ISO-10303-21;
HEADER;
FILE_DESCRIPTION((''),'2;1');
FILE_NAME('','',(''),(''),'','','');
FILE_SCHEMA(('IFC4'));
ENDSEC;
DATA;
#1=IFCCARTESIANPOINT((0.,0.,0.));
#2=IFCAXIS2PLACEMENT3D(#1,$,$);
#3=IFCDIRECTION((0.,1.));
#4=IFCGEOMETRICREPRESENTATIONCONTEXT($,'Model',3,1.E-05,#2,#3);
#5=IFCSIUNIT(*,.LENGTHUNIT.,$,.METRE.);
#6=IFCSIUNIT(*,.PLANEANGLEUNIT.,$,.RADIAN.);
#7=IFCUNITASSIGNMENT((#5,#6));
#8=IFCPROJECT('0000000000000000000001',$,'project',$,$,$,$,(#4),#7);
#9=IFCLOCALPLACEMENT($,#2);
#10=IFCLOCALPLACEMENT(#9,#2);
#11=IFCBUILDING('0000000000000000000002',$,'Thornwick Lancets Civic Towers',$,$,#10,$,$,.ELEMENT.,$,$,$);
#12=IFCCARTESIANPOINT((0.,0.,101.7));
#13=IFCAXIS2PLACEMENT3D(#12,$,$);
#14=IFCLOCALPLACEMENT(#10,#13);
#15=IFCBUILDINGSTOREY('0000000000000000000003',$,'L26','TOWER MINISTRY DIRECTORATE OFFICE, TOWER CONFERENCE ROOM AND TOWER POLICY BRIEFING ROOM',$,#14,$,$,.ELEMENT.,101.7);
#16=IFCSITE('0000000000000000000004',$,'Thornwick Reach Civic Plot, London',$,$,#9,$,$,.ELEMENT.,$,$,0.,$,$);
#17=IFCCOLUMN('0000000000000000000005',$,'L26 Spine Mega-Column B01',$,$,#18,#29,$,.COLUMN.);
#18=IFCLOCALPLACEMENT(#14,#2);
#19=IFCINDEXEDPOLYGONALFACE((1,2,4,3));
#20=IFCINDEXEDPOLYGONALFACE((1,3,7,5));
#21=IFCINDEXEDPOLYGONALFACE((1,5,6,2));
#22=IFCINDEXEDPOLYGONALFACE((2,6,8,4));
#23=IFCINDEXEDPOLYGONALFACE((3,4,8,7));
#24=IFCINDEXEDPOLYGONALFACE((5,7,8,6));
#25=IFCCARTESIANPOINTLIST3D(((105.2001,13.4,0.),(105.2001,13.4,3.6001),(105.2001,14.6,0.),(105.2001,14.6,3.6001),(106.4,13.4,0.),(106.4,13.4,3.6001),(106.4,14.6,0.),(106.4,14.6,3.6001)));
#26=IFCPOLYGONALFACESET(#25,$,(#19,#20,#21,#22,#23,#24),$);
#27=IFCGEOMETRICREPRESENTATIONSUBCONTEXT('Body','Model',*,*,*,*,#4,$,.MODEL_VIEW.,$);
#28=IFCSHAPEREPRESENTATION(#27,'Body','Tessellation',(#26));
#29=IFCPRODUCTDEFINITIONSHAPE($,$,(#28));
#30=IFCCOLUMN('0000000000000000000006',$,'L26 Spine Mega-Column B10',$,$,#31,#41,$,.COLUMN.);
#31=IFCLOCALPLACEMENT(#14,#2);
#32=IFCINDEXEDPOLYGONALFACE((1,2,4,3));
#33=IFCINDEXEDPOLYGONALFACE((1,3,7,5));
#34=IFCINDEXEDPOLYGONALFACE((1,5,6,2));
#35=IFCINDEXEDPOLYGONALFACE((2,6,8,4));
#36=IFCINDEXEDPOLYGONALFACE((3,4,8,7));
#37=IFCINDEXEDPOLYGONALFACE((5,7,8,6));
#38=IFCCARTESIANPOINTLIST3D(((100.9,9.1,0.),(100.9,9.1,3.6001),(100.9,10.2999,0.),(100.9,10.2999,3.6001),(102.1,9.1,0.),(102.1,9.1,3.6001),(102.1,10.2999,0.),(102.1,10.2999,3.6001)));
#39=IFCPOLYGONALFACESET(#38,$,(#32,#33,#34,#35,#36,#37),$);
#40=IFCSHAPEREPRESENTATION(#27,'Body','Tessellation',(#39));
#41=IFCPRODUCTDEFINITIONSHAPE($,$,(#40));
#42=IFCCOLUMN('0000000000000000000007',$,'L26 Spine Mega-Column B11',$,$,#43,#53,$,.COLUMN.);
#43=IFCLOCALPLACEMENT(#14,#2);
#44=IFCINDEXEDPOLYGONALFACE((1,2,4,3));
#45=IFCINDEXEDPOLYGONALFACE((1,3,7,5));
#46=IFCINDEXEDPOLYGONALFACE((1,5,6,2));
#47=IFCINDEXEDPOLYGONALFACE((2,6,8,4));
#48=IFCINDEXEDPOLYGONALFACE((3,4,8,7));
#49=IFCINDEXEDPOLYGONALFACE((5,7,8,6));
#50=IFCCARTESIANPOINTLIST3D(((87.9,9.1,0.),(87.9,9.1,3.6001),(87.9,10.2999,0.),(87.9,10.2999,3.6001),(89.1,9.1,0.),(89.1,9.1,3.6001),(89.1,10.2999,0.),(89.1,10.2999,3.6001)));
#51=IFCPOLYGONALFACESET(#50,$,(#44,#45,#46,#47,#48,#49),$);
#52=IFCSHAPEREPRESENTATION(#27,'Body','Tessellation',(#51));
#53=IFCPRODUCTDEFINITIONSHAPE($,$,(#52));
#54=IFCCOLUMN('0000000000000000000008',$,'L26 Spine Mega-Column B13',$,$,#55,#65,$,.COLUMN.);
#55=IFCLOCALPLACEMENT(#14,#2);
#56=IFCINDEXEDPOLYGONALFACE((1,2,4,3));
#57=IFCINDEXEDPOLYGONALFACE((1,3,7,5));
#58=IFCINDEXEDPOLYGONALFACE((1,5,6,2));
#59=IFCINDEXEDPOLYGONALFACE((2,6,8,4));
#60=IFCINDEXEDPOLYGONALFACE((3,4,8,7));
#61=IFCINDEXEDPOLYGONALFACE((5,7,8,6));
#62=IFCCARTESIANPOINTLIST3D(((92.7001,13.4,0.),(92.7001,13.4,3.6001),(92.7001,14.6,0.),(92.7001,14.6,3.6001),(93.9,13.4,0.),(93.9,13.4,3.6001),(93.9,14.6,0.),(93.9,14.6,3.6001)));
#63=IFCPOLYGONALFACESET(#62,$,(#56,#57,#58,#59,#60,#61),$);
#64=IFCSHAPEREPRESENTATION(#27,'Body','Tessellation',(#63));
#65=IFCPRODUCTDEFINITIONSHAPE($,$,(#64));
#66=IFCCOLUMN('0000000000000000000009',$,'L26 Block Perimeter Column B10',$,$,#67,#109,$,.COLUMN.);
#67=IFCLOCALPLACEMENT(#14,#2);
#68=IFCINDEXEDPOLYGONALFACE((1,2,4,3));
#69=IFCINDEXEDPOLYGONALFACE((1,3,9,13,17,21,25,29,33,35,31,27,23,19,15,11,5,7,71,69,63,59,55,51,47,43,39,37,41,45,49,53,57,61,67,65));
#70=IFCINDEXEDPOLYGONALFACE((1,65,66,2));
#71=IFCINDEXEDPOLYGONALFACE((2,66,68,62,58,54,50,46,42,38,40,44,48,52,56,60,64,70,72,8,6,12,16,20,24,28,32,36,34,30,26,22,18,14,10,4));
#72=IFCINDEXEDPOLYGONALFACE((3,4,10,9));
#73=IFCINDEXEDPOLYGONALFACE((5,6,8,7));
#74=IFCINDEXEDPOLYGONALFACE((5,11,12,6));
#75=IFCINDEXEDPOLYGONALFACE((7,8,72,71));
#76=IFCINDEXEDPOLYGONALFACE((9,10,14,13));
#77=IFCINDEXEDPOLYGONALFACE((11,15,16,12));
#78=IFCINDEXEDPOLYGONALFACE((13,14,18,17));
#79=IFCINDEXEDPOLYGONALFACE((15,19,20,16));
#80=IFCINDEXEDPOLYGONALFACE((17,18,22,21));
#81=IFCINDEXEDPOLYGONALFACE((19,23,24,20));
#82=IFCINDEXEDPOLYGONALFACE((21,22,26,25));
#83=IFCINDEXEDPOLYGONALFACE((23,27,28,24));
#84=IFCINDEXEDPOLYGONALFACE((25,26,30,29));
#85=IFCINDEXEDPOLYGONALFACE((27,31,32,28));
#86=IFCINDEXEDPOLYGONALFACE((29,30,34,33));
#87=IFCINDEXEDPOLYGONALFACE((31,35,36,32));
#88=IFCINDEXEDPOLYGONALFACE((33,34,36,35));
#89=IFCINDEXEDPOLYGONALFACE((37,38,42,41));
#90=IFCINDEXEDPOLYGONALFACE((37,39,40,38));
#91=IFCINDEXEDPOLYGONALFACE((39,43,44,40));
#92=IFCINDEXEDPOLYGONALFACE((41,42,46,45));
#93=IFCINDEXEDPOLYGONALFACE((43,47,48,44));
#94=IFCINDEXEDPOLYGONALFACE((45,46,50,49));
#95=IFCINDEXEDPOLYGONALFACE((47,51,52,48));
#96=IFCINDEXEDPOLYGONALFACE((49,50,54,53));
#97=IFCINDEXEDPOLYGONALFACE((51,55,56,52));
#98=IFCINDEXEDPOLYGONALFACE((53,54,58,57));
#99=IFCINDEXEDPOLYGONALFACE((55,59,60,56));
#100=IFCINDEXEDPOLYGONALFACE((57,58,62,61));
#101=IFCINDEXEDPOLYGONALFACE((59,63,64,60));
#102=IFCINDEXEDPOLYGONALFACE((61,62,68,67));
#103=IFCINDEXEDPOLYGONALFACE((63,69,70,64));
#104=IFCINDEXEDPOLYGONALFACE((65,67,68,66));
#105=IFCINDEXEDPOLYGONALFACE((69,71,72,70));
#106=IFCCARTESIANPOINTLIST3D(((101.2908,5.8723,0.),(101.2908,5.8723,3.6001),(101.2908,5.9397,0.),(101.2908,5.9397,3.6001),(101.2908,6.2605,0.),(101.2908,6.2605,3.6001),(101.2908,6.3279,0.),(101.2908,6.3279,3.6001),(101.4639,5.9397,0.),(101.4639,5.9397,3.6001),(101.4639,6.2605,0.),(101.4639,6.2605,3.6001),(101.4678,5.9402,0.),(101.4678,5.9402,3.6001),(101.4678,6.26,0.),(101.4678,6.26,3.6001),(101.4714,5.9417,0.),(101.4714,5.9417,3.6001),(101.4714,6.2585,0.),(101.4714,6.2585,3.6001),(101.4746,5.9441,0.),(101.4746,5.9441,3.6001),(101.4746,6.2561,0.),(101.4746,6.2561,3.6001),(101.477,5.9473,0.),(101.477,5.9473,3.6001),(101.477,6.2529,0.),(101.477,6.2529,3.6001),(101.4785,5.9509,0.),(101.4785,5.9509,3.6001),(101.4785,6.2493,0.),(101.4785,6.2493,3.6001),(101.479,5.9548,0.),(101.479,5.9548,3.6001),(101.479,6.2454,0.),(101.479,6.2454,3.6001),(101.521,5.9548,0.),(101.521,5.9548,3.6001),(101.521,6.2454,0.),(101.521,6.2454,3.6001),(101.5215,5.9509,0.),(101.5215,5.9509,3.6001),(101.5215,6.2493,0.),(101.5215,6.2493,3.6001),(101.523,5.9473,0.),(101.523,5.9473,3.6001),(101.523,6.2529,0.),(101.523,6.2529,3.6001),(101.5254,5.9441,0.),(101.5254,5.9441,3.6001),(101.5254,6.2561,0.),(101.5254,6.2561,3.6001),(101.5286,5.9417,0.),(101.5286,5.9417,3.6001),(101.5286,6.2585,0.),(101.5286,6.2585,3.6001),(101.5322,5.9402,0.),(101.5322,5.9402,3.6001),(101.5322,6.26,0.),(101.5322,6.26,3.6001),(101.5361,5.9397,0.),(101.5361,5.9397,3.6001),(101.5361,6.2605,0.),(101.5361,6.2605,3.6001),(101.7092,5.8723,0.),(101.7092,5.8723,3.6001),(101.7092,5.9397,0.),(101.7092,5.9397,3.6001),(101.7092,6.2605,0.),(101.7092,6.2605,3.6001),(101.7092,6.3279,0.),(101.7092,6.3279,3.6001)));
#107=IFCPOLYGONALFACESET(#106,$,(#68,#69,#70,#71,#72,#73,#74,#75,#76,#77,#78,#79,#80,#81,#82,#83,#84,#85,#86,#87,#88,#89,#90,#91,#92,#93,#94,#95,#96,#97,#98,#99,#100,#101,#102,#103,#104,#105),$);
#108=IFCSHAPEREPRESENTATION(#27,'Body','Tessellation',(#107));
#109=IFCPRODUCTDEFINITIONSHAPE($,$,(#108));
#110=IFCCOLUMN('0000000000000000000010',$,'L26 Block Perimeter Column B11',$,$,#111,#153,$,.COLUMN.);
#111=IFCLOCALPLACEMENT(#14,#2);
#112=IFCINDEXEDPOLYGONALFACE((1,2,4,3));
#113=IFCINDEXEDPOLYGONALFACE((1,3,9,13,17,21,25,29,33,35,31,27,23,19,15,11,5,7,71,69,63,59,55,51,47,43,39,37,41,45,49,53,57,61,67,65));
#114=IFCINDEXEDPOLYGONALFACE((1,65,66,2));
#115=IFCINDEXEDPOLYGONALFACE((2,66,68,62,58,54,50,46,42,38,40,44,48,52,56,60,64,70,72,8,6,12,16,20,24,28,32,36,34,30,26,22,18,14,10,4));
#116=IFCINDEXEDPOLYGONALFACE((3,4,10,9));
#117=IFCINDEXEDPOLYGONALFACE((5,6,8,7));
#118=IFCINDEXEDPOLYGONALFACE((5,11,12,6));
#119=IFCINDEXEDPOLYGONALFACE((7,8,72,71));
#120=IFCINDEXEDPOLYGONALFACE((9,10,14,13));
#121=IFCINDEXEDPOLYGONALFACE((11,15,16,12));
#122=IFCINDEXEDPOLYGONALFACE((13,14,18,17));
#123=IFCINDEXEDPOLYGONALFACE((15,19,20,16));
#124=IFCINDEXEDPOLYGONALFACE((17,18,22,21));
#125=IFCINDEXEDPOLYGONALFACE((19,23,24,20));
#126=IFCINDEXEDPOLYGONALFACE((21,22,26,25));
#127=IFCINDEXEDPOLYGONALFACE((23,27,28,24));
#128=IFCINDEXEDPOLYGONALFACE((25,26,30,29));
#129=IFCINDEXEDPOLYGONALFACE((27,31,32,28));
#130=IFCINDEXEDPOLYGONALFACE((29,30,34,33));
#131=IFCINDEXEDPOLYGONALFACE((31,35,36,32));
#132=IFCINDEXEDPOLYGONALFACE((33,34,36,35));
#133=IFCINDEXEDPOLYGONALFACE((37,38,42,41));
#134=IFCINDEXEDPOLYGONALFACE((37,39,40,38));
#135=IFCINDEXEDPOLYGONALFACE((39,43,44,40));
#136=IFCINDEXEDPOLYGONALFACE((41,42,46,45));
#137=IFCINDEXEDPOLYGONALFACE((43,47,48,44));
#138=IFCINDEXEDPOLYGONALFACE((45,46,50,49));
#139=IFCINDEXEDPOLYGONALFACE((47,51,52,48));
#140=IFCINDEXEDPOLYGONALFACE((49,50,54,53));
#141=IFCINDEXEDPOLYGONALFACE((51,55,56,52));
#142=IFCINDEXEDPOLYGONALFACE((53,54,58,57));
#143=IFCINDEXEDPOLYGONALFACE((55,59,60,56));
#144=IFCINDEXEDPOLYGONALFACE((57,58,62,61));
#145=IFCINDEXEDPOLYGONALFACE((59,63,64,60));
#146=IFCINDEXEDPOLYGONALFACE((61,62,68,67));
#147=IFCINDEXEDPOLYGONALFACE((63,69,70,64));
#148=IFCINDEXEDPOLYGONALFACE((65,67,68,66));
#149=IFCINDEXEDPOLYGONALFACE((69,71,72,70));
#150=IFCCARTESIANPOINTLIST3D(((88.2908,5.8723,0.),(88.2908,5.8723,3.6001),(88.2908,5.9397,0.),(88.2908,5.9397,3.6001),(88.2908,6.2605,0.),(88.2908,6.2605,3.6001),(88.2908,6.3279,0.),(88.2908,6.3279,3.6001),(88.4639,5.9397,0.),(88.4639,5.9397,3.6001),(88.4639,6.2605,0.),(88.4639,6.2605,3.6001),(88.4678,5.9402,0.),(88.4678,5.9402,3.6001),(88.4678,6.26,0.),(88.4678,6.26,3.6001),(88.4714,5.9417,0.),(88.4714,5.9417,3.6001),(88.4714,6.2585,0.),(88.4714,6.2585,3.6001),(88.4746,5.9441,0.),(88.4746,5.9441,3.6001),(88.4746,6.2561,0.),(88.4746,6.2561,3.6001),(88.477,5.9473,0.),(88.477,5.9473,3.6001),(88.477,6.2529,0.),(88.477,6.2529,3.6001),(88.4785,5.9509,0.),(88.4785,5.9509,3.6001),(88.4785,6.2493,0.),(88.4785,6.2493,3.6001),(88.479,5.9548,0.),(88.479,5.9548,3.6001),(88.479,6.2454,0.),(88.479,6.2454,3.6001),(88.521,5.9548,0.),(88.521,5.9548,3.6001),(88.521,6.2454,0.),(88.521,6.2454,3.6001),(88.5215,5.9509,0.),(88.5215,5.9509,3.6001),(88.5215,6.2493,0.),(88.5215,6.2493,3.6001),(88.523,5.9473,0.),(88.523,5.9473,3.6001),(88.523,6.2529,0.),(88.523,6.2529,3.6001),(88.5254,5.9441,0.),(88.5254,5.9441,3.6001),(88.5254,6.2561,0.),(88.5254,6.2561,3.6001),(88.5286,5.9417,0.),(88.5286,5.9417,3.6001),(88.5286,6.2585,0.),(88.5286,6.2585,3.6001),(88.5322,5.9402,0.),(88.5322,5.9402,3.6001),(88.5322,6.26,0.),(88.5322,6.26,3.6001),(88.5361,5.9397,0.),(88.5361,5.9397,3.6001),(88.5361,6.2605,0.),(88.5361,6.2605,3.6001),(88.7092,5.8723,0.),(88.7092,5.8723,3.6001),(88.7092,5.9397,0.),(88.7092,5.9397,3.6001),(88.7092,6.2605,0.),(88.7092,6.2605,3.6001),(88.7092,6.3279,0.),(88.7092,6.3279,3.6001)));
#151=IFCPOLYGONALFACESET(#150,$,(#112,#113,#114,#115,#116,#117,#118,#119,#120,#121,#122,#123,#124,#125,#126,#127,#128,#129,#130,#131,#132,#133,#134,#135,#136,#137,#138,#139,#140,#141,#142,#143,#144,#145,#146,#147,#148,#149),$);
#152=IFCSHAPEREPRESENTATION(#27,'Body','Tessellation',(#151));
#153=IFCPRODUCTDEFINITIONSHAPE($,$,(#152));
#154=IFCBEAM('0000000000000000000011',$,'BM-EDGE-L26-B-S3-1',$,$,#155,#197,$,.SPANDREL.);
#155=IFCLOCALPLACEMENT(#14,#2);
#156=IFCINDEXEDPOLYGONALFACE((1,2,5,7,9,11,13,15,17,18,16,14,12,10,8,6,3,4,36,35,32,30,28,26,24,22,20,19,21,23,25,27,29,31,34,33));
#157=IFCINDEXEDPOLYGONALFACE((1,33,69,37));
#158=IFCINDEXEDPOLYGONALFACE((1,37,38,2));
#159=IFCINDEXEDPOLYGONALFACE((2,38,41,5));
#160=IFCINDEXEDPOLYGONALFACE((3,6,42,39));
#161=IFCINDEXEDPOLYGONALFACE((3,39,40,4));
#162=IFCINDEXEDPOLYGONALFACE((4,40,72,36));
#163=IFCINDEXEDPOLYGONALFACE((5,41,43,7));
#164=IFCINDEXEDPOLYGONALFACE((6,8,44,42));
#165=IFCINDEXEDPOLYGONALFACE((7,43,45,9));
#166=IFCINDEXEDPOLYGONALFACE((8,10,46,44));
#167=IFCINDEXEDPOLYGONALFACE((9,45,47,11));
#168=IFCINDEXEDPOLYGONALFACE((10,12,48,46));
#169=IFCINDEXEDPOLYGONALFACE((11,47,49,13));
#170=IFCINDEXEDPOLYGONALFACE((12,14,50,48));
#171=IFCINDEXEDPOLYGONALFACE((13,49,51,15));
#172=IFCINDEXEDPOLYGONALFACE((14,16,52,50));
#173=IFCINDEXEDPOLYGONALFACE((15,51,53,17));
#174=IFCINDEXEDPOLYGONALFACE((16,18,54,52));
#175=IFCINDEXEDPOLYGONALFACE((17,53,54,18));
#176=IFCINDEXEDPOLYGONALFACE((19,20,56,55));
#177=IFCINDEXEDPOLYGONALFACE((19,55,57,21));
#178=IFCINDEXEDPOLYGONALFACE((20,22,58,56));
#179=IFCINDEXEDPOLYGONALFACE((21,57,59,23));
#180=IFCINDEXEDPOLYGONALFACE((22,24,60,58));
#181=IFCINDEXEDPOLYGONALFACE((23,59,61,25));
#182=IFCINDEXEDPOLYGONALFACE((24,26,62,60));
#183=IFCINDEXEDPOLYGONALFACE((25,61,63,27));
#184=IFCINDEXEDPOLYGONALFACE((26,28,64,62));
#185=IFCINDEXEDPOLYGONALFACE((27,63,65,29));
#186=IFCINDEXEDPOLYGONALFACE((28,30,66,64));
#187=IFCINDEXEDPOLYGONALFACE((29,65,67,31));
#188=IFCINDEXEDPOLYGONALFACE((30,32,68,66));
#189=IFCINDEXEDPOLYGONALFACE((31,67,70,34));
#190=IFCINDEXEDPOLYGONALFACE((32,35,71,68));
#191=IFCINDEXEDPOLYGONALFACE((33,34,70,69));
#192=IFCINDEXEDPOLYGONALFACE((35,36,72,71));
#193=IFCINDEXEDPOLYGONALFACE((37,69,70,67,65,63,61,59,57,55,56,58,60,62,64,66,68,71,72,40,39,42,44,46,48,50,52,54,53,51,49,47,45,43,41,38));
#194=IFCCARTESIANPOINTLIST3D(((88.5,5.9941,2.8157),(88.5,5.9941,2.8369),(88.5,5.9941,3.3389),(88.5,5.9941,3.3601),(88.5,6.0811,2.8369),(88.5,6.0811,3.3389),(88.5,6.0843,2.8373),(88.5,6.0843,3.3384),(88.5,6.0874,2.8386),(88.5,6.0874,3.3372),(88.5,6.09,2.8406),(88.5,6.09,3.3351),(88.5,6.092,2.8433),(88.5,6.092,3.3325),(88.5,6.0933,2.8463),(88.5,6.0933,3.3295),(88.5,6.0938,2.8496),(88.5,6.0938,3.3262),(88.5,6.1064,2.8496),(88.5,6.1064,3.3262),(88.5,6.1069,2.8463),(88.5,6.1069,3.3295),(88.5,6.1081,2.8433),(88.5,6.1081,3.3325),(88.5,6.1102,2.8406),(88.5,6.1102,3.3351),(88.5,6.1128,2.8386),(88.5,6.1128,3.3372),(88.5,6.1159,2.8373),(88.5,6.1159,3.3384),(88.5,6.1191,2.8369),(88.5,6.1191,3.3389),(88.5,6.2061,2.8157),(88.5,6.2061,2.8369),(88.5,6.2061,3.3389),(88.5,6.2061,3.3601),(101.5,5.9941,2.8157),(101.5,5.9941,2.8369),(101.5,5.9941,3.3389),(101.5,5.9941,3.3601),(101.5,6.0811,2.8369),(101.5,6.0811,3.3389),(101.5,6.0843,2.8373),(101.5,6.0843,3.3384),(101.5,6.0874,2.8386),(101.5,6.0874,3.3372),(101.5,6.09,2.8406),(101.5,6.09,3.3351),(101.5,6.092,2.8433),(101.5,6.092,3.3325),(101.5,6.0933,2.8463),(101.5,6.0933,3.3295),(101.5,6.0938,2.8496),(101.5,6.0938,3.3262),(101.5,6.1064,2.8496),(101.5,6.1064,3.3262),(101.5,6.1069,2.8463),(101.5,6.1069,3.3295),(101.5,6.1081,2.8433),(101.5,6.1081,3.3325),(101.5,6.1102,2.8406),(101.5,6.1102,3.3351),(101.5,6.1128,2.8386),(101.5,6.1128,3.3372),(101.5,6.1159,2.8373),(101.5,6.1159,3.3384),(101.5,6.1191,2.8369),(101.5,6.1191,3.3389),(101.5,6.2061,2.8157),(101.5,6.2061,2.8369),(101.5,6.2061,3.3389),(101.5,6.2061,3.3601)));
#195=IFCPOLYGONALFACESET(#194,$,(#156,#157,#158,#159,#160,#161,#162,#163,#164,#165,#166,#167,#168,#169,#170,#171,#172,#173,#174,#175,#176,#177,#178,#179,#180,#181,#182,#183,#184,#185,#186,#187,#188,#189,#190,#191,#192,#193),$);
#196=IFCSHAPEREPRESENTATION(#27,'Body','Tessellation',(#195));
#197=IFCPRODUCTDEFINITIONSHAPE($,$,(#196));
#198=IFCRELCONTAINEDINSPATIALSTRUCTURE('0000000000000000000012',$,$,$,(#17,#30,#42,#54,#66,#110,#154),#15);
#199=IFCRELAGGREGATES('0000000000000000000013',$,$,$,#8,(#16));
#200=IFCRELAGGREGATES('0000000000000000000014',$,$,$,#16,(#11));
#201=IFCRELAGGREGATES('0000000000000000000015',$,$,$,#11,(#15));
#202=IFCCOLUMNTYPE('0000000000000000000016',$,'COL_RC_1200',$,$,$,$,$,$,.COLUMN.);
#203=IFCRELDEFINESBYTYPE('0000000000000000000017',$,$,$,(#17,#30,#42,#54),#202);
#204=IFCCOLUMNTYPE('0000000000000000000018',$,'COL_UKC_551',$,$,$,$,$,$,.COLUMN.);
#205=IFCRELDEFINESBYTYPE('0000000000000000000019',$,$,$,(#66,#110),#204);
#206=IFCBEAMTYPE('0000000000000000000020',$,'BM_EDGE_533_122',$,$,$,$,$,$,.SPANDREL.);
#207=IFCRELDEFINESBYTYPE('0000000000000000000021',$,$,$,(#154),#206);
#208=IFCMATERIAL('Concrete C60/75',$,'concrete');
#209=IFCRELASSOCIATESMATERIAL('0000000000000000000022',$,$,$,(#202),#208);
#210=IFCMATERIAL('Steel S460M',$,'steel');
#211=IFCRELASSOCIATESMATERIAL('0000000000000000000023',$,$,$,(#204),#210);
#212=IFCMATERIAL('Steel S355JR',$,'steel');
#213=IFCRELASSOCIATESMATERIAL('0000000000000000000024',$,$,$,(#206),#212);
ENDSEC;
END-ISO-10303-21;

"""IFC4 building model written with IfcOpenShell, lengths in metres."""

from ifc_helpers import new_model, si_unit, direction, frame, origin, origin_2d, place, context, subcontext, project, spatial, rectangle, i_section, extrude, material, material_profile, profile_set, type_object, element, save


model = new_model("IFC4")

# Units and contexts
model_context = context("Model", 3, precision=1e-05, world=origin(), true_north=direction((0.0, 1.0)))
body_context = subcontext(model_context, "Body", "Model", "MODEL_VIEW")
ifc_project = project(units=[si_unit("LENGTHUNIT", "METRE"), si_unit("PLANEANGLEUNIT", "RADIAN")], contexts=[model_context])

# Site, building, storey
site_placement = place(None, origin())
site = spatial("IfcSite", under=ifc_project, at=site_placement, Name="Thornwick Reach Civic Plot, London", CompositionType="ELEMENT", RefElevation=0.0)
building_placement = place(site_placement, origin())
building = spatial("IfcBuilding", under=site, at=building_placement, Name="Thornwick Lancets Civic Towers", CompositionType="ELEMENT")
storey_placement = place(building_placement, frame((0.0, 0.0, 101.7)))
storey = spatial("IfcBuildingStorey", under=building, at=storey_placement, Name="L26", Description="TOWER MINISTRY DIRECTORATE OFFICE, TOWER CONFERENCE ROOM AND TOWER POLICY BRIEFING ROOM", CompositionType="ELEMENT", Elevation=101.7)

# Columns
ifc_material_1 = material(Name="Concrete C60/75", Category="concrete")
ifc_material_profile_1 = material_profile(ifc_material_1, rectangle(XDim=1.2, YDim=1.2, at=origin_2d()), Name="RC 1200x1200")
ifc_profile_set_1 = profile_set([ifc_material_profile_1], Name="Concrete C60/75")
column_type_1 = type_object("IfcColumnType", Name="COL_RC_1200", PredefinedType="COLUMN", material=ifc_profile_set_1)
for number, where, z_axis, x_axis, name in (
    (1, (105.8, 14.0, 0.0), (0.0, 0.0, 1.0), (1.0, 0.0, 0.0), "L26 Spine Mega-Column B01"),
    (2, (101.5, 9.7, 0.0), (0.0, 0.0, 1.0), (1.0, 0.0, 0.0), "L26 Spine Mega-Column B10"),
    (3, (88.5, 9.7, 0.0), (0.0, 0.0, 1.0), (1.0, 0.0, 0.0), "L26 Spine Mega-Column B11"),
    (4, (93.3, 14.0, 0.0), (0.0, 0.0, 1.0), (1.0, 0.0, 0.0), "L26 Spine Mega-Column B13"),
):
    element("IfcColumn", number, at=place(storey_placement, frame(where, z_axis=z_axis, x_axis=x_axis)), inside=storey, type_object=column_type_1, Name=name, PredefinedType="COLUMN", context=body_context, shape_type="SweptSolid", body=[
        extrude(rectangle(XDim=1.2, YDim=1.2, at=origin_2d()), origin(), (0.0, 0.0, 1.0), 3.6001),
    ])
ifc_material_2 = material(Name="Steel S460M", Category="steel")
ifc_material_profile_2 = material_profile(ifc_material_2, i_section(OverallWidth=0.4185, OverallDepth=0.4556, WebThickness=0.042, FlangeThickness=0.0674, FilletRadius=0.0151, at=origin_2d()), Name="UKC 356x406x551")
ifc_profile_set_2 = profile_set([ifc_material_profile_2], Name="Steel S460M")
column_type_2 = type_object("IfcColumnType", Name="COL_UKC_551", PredefinedType="COLUMN", material=ifc_profile_set_2)
for number, where, z_axis, x_axis, name in (
    (5, (101.5, 6.1001, 0.0), (0.0, 0.0, 1.0), (1.0, 0.0, 0.0), "L26 Block Perimeter Column B10"),
    (6, (88.5, 6.1001, 0.0), (0.0, 0.0, 1.0), (1.0, 0.0, 0.0), "L26 Block Perimeter Column B11"),
):
    element("IfcColumn", number, at=place(storey_placement, frame(where, z_axis=z_axis, x_axis=x_axis)), inside=storey, type_object=column_type_2, Name=name, PredefinedType="COLUMN", context=body_context, shape_type="SweptSolid", body=[
        extrude(i_section(OverallWidth=0.4185, OverallDepth=0.4556, WebThickness=0.042, FlangeThickness=0.0674, FilletRadius=0.0151, at=origin_2d()), origin(), (0.0, 0.0, 1.0), 3.6001),
    ])

# Beam
ifc_material_3 = material(Name="Steel S355JR", Category="steel")
ifc_material_profile_3 = material_profile(ifc_material_3, i_section(OverallWidth=0.2119, OverallDepth=0.5444, WebThickness=0.0127, FlangeThickness=0.0212, FilletRadius=0.0127, at=origin_2d()), Name="UKB 533x210x122")
ifc_profile_set_3 = profile_set([ifc_material_profile_3], Name="Steel S355JR")
beam_type_1 = type_object("IfcBeamType", Name="BM_EDGE_533_122", PredefinedType="SPANDREL", material=ifc_profile_set_3)
beam_1_placement = place(storey_placement, frame((101.5, 6.1001, 3.0879), z_axis=(-1.0, 0.0, 0.0), x_axis=(0.0, -1.0, 0.0)))
element("IfcBeam", 7, at=beam_1_placement, inside=storey, type_object=beam_type_1, Name="BM-EDGE-L26-B-S3-1", PredefinedType="SPANDREL", context=body_context, shape_type="SweptSolid", body=[
    extrude(i_section(OverallWidth=0.2119, OverallDepth=0.5444, WebThickness=0.0127, FlangeThickness=0.0212, FilletRadius=0.0127, at=origin_2d()), origin(), (0.0, 0.0, 1.0), 13.0),
])

save(model, "model.ifc")
